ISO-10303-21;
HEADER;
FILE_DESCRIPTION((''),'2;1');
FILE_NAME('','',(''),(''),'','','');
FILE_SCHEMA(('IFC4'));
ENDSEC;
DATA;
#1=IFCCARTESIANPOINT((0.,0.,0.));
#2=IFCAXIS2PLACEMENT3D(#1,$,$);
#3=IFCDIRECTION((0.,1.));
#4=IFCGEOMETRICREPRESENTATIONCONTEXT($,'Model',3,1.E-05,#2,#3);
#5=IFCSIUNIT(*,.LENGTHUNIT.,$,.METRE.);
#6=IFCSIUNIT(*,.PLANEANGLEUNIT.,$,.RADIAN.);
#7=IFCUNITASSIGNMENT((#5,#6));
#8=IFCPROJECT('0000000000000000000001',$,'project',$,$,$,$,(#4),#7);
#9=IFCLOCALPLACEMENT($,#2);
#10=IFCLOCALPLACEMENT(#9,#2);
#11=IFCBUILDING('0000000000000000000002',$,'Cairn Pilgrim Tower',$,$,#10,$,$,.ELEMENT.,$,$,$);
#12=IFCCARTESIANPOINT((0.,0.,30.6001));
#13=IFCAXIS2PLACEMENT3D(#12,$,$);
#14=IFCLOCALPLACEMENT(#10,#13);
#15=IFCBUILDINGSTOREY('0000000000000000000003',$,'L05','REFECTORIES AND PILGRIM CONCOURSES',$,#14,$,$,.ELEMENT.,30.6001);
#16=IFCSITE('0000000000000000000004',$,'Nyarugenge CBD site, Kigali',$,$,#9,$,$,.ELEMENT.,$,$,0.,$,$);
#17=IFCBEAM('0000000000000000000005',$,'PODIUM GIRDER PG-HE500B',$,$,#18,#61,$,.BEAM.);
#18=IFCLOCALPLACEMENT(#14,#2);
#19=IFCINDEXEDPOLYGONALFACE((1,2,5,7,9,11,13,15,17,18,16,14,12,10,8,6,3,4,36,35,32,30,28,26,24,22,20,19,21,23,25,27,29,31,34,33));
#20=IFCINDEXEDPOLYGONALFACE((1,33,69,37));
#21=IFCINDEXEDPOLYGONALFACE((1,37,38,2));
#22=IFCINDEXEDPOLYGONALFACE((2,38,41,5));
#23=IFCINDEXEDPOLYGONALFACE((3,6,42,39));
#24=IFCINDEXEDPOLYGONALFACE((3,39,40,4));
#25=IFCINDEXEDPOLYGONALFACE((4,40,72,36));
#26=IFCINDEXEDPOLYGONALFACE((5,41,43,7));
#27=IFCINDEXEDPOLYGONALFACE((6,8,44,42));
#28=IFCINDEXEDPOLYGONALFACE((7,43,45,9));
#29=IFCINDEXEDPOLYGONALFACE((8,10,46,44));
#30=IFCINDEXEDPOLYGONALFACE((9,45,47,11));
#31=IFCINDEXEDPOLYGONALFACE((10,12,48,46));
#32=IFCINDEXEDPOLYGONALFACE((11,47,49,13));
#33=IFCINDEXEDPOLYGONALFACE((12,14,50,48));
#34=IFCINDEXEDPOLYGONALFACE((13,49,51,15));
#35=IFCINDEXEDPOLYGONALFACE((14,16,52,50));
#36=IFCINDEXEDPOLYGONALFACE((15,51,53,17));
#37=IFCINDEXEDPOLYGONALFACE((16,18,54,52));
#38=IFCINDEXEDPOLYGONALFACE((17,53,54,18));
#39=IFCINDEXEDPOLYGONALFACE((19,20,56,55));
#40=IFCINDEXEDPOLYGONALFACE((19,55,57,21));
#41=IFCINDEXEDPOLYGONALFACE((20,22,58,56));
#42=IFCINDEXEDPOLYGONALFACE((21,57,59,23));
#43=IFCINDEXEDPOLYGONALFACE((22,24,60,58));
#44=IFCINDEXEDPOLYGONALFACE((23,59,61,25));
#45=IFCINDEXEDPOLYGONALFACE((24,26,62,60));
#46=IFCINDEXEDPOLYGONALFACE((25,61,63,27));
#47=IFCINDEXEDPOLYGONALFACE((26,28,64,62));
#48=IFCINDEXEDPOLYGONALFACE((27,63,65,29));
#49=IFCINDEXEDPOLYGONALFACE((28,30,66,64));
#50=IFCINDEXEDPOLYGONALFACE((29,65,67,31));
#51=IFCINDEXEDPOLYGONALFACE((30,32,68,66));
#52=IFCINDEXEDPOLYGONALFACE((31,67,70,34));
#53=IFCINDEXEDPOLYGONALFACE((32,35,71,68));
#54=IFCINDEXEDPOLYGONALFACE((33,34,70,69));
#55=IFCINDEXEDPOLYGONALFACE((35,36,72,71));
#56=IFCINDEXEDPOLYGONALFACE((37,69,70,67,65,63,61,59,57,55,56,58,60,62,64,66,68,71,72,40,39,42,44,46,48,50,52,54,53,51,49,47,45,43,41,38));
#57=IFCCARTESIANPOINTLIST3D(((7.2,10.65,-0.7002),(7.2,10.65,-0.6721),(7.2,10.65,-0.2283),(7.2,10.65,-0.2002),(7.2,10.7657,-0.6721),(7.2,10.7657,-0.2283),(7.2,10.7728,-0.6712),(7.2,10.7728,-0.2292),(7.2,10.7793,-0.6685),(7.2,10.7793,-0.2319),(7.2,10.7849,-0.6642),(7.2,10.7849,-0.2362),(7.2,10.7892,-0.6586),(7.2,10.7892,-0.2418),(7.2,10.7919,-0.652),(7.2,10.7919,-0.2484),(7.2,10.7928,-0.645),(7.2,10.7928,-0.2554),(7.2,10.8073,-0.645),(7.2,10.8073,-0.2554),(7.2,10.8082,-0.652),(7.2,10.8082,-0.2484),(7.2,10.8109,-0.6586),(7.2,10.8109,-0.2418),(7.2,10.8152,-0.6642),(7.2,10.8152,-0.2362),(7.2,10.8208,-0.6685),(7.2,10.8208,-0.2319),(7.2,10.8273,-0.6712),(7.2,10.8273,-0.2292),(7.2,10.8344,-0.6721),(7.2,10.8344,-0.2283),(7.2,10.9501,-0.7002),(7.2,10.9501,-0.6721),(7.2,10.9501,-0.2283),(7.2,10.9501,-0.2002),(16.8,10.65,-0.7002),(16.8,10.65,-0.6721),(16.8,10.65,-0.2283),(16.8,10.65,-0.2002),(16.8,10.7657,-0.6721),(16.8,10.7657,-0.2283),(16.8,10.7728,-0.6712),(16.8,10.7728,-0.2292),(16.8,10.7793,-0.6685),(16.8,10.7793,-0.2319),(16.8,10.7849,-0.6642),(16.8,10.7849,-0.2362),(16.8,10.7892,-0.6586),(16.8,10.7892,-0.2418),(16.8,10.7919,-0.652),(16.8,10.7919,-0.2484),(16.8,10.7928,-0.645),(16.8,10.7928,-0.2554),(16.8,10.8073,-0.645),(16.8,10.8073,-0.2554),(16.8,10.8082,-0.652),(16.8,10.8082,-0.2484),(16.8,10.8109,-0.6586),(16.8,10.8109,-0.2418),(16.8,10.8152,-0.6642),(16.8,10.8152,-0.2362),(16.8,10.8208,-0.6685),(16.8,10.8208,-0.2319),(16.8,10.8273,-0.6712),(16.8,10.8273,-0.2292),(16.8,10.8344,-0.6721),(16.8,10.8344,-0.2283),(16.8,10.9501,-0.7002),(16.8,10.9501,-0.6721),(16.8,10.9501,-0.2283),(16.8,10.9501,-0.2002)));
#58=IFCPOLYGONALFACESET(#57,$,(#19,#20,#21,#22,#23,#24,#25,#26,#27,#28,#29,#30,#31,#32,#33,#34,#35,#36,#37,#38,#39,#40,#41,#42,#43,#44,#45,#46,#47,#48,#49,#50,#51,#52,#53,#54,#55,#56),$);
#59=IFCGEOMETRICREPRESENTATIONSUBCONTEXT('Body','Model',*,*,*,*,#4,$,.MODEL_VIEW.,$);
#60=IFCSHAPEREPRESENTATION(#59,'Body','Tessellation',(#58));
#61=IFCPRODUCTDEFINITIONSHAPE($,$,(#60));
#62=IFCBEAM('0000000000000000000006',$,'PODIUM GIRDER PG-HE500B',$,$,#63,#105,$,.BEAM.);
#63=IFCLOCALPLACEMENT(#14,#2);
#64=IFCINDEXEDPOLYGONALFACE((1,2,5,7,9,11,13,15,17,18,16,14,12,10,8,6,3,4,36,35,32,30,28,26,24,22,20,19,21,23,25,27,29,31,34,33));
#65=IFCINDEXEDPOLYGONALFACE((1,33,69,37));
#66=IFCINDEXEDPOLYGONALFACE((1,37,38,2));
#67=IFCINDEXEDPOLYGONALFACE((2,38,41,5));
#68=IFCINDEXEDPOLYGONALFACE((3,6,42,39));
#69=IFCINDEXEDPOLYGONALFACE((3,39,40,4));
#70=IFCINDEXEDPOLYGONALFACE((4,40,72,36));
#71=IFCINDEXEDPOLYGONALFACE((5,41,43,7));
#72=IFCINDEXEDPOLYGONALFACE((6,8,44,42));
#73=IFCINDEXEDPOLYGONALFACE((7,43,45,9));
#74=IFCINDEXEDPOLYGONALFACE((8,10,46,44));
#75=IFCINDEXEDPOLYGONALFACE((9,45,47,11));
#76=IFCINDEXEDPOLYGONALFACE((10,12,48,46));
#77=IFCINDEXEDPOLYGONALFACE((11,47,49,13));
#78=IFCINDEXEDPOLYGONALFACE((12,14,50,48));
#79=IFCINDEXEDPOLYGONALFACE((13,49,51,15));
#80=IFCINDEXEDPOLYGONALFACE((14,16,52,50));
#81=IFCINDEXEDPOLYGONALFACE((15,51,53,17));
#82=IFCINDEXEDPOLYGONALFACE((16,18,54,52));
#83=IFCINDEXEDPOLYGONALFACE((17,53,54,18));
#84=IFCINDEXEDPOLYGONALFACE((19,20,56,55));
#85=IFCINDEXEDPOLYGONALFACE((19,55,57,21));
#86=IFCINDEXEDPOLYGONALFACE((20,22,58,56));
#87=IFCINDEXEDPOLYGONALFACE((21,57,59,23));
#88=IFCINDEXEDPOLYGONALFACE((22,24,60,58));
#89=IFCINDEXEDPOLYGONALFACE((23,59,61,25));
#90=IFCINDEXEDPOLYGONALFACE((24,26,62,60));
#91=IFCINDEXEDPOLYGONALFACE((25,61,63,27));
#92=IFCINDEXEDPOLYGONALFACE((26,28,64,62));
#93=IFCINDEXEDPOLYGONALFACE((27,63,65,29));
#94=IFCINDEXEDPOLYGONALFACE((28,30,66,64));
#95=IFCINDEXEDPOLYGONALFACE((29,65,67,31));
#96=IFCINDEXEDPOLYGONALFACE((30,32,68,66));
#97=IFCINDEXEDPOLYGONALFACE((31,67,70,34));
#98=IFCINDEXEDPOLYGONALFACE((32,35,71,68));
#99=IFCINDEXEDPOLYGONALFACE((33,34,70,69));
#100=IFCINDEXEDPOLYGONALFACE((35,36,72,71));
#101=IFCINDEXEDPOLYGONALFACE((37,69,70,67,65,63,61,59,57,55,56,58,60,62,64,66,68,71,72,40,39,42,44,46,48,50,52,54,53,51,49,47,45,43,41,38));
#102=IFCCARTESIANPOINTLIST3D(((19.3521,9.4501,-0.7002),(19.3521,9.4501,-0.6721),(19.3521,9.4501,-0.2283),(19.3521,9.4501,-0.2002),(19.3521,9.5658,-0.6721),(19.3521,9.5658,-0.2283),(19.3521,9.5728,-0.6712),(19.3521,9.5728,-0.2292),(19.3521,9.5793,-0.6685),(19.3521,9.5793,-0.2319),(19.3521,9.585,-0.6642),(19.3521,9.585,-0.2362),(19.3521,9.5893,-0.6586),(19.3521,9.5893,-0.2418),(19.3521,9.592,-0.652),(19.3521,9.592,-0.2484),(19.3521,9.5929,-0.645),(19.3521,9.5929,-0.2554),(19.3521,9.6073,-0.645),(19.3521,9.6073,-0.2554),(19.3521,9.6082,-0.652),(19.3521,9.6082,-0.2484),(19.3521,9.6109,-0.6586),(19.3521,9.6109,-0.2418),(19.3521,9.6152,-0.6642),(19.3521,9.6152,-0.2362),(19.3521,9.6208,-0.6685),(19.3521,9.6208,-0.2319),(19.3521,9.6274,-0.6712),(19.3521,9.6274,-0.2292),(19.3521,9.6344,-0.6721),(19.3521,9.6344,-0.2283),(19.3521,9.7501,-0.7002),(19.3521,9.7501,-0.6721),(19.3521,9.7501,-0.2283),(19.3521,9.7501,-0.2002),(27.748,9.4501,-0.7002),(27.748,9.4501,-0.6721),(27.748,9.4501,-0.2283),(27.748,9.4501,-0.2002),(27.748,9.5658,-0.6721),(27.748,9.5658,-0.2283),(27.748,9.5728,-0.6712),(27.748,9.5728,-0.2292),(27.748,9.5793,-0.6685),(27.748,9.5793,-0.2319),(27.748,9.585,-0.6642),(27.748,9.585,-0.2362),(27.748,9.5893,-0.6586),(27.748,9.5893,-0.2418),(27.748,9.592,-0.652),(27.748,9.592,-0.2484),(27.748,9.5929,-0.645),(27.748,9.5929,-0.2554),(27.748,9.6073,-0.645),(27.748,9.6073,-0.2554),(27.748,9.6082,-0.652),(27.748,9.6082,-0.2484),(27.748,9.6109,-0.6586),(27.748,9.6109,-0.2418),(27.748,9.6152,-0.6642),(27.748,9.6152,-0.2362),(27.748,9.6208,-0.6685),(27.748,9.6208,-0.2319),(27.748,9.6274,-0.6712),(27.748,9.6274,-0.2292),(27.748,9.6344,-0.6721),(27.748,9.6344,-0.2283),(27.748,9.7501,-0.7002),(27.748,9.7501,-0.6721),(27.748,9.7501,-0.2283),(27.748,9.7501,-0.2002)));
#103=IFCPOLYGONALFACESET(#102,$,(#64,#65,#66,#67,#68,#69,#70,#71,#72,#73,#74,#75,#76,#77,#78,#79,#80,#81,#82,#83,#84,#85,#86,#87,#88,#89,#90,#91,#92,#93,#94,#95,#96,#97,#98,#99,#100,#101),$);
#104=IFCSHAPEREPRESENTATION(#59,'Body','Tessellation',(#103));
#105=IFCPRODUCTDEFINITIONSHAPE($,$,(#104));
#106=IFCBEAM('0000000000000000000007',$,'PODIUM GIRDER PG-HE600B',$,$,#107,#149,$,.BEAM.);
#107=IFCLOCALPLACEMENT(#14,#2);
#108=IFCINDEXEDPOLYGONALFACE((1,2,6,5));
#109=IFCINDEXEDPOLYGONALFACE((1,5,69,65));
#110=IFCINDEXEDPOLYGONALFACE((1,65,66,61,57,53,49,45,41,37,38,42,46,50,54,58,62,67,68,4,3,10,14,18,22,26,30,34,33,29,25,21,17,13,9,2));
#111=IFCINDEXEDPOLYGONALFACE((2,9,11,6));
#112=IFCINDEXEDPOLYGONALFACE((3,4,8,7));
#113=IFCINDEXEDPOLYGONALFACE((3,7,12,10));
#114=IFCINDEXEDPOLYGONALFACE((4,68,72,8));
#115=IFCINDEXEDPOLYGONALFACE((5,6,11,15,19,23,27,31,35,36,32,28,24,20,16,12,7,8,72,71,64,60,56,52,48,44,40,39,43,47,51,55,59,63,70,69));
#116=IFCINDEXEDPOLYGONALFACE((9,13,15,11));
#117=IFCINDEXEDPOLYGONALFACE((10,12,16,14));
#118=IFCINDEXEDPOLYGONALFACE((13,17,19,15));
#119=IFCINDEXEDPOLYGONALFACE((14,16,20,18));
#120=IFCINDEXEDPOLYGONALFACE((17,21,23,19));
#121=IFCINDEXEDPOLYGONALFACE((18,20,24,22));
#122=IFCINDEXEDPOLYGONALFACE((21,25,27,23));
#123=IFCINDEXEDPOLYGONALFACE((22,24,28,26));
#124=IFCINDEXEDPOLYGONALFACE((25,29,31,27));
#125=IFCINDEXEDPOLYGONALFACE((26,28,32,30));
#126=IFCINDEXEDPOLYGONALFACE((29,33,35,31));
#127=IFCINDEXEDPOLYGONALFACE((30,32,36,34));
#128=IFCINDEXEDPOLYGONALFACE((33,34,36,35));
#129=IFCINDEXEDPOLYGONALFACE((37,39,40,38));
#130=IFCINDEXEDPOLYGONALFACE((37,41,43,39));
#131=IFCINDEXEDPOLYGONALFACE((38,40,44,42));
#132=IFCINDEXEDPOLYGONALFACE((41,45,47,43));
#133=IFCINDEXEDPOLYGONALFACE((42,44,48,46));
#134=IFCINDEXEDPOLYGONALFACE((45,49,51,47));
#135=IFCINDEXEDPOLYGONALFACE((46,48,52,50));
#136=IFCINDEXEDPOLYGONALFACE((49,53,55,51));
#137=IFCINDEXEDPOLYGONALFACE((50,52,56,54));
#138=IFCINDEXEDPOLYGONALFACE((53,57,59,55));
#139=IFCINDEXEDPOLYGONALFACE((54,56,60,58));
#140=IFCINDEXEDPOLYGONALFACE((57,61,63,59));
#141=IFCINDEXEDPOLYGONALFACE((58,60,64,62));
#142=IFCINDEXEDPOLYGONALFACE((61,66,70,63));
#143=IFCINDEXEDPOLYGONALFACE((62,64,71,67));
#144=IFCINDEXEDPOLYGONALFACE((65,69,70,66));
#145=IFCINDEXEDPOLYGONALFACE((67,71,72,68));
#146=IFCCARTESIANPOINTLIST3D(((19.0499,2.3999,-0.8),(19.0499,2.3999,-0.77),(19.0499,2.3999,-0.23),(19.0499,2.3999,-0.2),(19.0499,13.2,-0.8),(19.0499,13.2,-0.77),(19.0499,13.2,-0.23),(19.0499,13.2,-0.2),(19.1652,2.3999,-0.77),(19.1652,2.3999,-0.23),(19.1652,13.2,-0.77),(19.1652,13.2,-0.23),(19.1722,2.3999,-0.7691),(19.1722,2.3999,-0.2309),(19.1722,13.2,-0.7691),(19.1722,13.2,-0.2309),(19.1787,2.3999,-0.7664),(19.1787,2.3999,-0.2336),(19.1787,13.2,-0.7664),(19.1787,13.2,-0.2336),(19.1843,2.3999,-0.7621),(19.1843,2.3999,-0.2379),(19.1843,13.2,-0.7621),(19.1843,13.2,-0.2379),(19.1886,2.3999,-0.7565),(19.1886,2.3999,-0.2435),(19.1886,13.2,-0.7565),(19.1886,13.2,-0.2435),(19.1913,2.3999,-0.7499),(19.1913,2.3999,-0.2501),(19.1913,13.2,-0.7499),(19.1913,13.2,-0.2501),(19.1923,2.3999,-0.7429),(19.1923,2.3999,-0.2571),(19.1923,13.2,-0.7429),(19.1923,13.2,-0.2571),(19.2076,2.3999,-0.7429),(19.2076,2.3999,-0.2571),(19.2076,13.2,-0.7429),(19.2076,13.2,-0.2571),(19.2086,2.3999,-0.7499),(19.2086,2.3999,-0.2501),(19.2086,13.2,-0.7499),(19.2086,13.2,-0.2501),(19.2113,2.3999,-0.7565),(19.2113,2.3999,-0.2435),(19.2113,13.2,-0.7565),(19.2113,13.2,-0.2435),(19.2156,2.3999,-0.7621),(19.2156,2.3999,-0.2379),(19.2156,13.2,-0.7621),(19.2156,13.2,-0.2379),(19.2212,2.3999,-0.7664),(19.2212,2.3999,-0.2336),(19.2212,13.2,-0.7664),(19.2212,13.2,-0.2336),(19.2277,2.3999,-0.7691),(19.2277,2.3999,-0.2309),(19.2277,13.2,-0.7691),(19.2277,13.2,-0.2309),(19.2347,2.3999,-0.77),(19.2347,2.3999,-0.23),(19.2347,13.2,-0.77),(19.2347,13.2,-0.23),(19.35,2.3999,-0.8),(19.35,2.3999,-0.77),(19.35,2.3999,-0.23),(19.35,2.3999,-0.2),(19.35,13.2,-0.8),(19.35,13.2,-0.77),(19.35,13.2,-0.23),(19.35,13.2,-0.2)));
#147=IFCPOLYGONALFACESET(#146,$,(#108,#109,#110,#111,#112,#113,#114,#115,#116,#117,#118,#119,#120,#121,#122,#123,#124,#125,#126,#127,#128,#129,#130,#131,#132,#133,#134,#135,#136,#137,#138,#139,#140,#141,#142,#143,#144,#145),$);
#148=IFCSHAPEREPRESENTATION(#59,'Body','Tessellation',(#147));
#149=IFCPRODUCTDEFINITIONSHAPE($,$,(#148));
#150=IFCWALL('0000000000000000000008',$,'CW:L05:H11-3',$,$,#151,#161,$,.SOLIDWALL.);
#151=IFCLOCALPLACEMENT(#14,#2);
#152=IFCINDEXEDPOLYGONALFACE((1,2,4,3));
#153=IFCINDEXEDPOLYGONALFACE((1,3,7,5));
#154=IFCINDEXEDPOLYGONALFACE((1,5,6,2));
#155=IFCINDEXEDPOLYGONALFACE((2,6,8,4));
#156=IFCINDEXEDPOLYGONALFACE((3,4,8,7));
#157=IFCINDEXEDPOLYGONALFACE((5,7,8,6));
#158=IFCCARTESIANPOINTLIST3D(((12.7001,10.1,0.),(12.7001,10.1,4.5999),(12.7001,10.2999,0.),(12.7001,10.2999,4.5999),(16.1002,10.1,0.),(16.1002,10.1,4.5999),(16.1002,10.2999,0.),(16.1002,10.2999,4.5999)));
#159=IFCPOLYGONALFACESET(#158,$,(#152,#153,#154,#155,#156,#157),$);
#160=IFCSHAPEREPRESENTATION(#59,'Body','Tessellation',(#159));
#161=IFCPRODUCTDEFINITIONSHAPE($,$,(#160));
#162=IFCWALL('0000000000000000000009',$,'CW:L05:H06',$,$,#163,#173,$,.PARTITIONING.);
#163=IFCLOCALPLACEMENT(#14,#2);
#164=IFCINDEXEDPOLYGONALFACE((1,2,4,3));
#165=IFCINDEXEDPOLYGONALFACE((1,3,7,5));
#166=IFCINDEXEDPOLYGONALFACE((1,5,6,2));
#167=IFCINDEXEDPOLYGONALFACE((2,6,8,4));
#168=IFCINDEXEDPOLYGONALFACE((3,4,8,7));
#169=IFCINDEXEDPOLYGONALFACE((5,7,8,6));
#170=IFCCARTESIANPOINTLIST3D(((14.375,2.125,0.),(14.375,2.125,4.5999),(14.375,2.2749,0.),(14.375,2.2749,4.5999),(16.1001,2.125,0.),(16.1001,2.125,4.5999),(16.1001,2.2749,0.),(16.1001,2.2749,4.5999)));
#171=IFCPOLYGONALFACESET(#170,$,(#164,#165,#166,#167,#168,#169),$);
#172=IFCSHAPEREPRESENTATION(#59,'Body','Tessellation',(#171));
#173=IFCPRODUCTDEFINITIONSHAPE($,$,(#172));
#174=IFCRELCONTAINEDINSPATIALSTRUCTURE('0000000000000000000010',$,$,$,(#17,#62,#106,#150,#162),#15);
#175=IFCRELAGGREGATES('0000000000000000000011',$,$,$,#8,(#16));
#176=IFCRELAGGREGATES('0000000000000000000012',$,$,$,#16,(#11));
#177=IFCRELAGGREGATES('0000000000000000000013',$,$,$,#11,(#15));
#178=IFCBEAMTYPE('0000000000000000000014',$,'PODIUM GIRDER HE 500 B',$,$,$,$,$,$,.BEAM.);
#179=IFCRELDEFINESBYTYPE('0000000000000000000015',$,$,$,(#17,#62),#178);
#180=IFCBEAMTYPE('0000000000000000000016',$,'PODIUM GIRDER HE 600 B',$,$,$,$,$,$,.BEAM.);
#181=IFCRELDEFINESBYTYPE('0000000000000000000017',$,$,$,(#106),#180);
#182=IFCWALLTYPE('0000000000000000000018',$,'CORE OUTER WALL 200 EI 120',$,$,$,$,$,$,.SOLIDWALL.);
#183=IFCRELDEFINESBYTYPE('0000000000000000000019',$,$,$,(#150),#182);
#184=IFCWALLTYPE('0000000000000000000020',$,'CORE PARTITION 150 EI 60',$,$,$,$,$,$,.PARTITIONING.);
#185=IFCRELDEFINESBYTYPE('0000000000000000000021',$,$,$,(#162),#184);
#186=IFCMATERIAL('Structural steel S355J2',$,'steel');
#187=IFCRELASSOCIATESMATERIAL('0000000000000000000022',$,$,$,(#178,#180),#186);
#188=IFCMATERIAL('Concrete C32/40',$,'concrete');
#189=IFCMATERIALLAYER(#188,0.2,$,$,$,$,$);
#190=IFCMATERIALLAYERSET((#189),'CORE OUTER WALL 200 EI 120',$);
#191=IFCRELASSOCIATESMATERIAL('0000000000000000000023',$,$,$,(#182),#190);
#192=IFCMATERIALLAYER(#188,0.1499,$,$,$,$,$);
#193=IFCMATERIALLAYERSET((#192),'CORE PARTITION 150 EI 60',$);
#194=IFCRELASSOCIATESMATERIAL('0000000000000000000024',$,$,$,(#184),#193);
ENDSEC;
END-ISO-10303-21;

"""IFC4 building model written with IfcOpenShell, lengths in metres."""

from ifc_helpers import new_model, si_unit, direction, frame, frame_2d, origin, origin_2d, place, context, subcontext, project, spatial, rectangle, i_section, extrude, material, layer, layer_set, material_profile, profile_set, type_object, element, save


model = new_model("IFC4")

# Units and contexts
model_context = context("Model", 3, precision=1e-05, world=origin(), true_north=direction((0.0, 1.0)))
body_context = subcontext(model_context, "Body", "Model", "MODEL_VIEW")
ifc_project = project(units=[si_unit("LENGTHUNIT", "METRE"), si_unit("PLANEANGLEUNIT", "RADIAN")], contexts=[model_context])

# Site, building, storey
site_placement = place(None, origin())
site = spatial("IfcSite", under=ifc_project, at=site_placement, Name="Nyarugenge CBD site, Kigali", CompositionType="ELEMENT", RefElevation=0.0)
building_placement = place(site_placement, origin())
building = spatial("IfcBuilding", under=site, at=building_placement, Name="Cairn Pilgrim Tower", CompositionType="ELEMENT")
storey_placement = place(building_placement, frame((0.0, 0.0, 30.6001)))
storey = spatial("IfcBuildingStorey", under=building, at=storey_placement, Name="L05", Description="REFECTORIES AND PILGRIM CONCOURSES", CompositionType="ELEMENT", Elevation=30.6001)

# Beams
ifc_material_1 = material(Name="Structural steel S355J2", Category="steel")
ifc_material_profile_1 = material_profile(ifc_material_1, i_section(OverallWidth=0.3, OverallDepth=0.5, WebThickness=0.0144, FlangeThickness=0.0281, FilletRadius=0.0271, at=origin_2d()), Name="HEB 500")
ifc_profile_set_1 = profile_set([ifc_material_profile_1], Name="Structural steel S355J2")
beam_type_1 = type_object("IfcBeamType", Name="PODIUM GIRDER HE 500 B", PredefinedType="BEAM", material=ifc_profile_set_1)
beam_1_placement = place(storey_placement, frame((16.8, 10.8, -0.4502), z_axis=(-1.0, 0.0, 0.0), x_axis=(0.0, -1.0, 0.0)))
element("IfcBeam", 1, at=beam_1_placement, inside=storey, type_object=beam_type_1, Name="PODIUM GIRDER PG-HE500B", PredefinedType="BEAM", context=body_context, shape_type="SweptSolid", body=[
    extrude(i_section(OverallWidth=0.3, OverallDepth=0.5, WebThickness=0.0144, FlangeThickness=0.0281, FilletRadius=0.0271, at=origin_2d()), origin(), (0.0, 0.0, 1.0), 9.6001),
])
beam_2_placement = place(storey_placement, frame((19.3521, 9.6001, -0.4502), z_axis=(1.0, 0.0, 0.0), x_axis=(0.0, 1.0, 0.0)))
element("IfcBeam", 2, at=beam_2_placement, inside=storey, type_object=beam_type_1, Name="PODIUM GIRDER PG-HE500B", PredefinedType="BEAM", context=body_context, shape_type="SweptSolid", body=[
    extrude(i_section(OverallWidth=0.3, OverallDepth=0.5, WebThickness=0.0144, FlangeThickness=0.0281, FilletRadius=0.0271, at=origin_2d()), origin(), (0.0, 0.0, 1.0), 8.396),
])
ifc_material_profile_2 = material_profile(ifc_material_1, i_section(OverallWidth=0.3, OverallDepth=0.6001, WebThickness=0.0154, FlangeThickness=0.03, FilletRadius=0.0271, at=origin_2d()), Name="HEB 600")
ifc_profile_set_2 = profile_set([ifc_material_profile_2], Name="Structural steel S355J2")
beam_type_2 = type_object("IfcBeamType", Name="PODIUM GIRDER HE 600 B", PredefinedType="BEAM", material=ifc_profile_set_2)
beam_3_placement = place(storey_placement, frame((19.2, 2.3999, -0.5), z_axis=(0.0, 1.0, 0.0), x_axis=(-1.0, 0.0, 0.0)))
element("IfcBeam", 3, at=beam_3_placement, inside=storey, type_object=beam_type_2, Name="PODIUM GIRDER PG-HE600B", PredefinedType="BEAM", context=body_context, shape_type="SweptSolid", body=[
    extrude(i_section(OverallWidth=0.3, OverallDepth=0.6001, WebThickness=0.0154, FlangeThickness=0.03, FilletRadius=0.0271, at=origin_2d()), origin(), (0.0, 0.0, 1.0), 10.8),
])

# Walls
ifc_material_2 = material(Name="Concrete C32/40", Category="concrete")
ifc_layer_1 = layer(ifc_material_2, 0.2)
ifc_layer_set_1 = layer_set([ifc_layer_1], Name="CORE OUTER WALL 200 EI 120")
wall_type_1 = type_object("IfcWallType", Name="CORE OUTER WALL 200 EI 120", PredefinedType="SOLIDWALL", material=ifc_layer_set_1)
wall_1_placement = place(storey_placement, frame((12.7, 10.2, 0.0), z_axis=(0.0, 0.0, 1.0), x_axis=(1.0, 0.0, 0.0)))
element("IfcWall", 4, at=wall_1_placement, inside=storey, type_object=wall_type_1, Name="CW:L05:H11-3", PredefinedType="SOLIDWALL", context=body_context, shape_type="SweptSolid", body=[
    extrude(rectangle(XDim=3.4001, YDim=0.2, at=frame_2d((1.7002, 0.0))), origin(), (0.0, 0.0, 1.0), 4.5999),
])
ifc_layer_2 = layer(ifc_material_2, 0.1499)
ifc_layer_set_2 = layer_set([ifc_layer_2], Name="CORE PARTITION 150 EI 60")
wall_type_2 = type_object("IfcWallType", Name="CORE PARTITION 150 EI 60", PredefinedType="PARTITIONING", material=ifc_layer_set_2)
wall_2_placement = place(storey_placement, frame((14.375, 2.2, 0.0), z_axis=(0.0, 0.0, 1.0), x_axis=(1.0, 0.0, 0.0)))
element("IfcWall", 5, at=wall_2_placement, inside=storey, type_object=wall_type_2, Name="CW:L05:H06", PredefinedType="PARTITIONING", context=body_context, shape_type="SweptSolid", body=[
    extrude(rectangle(XDim=1.7251, YDim=0.1499, at=frame_2d((0.8625, 0.0))), origin(), (0.0, 0.0, 1.0), 4.5999),
])

save(model, "model.ifc")
